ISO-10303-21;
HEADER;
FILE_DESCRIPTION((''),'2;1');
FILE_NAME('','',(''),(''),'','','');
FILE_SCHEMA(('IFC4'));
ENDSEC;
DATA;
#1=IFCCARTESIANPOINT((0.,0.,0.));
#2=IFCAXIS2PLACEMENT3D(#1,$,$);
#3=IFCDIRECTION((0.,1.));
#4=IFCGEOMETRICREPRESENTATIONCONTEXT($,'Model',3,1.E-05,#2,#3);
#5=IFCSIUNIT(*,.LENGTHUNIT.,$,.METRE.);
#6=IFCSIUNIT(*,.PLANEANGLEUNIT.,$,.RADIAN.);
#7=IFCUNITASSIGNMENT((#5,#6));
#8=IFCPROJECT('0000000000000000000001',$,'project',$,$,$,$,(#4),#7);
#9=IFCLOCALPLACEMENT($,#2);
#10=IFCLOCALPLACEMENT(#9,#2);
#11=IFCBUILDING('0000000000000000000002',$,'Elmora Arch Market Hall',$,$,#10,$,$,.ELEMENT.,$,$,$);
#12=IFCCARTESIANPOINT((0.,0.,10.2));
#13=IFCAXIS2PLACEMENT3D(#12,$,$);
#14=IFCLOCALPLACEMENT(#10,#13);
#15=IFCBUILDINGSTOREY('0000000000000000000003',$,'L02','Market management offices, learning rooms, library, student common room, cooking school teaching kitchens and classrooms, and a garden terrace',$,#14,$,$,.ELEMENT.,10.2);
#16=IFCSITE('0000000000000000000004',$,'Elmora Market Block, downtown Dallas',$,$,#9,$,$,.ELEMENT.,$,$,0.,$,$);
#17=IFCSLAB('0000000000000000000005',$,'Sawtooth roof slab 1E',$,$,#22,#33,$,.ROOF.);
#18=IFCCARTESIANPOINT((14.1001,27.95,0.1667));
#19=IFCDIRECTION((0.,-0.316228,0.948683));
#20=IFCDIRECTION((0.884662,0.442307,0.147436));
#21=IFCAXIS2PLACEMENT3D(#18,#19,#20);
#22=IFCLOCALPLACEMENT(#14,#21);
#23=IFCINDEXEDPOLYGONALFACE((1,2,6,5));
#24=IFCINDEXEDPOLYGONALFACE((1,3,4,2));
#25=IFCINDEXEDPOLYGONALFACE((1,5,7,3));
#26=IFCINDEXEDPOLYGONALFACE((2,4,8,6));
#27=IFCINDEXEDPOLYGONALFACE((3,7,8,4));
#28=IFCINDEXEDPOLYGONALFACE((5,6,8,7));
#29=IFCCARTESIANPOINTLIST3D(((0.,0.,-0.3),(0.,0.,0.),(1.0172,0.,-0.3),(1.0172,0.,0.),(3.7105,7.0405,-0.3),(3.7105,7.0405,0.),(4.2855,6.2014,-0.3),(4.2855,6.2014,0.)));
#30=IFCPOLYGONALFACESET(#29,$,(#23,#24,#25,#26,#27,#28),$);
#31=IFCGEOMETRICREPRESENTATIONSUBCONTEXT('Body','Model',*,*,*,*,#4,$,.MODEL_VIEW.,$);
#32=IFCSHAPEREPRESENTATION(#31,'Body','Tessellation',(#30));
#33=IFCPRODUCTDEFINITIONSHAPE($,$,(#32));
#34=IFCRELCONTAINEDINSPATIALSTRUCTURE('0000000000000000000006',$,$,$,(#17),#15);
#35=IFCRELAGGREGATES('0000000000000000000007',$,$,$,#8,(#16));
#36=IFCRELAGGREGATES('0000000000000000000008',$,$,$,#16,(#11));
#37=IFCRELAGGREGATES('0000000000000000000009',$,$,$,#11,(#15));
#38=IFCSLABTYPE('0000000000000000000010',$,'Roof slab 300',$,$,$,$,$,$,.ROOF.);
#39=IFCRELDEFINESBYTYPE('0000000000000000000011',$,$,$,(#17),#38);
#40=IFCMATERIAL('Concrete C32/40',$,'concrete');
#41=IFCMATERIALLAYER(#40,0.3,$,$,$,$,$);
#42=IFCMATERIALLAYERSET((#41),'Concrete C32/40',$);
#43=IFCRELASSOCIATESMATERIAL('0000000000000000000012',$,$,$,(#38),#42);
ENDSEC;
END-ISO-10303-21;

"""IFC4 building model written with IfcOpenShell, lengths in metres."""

from ifc_helpers import new_model, si_unit, direction, frame, origin, place, context, subcontext, project, spatial, polyline, outline, extrude, material, layer, layer_set, type_object, element, save


model = new_model("IFC4")

# Units and contexts
model_context = context("Model", 3, precision=1e-05, world=origin(), true_north=direction((0.0, 1.0)))
body_context = subcontext(model_context, "Body", "Model", "MODEL_VIEW")
ifc_project = project(units=[si_unit("LENGTHUNIT", "METRE"), si_unit("PLANEANGLEUNIT", "RADIAN")], contexts=[model_context])

# Site, building, storey
site_placement = place(None, origin())
site = spatial("IfcSite", under=ifc_project, at=site_placement, Name="Elmora Market Block, downtown Dallas", CompositionType="ELEMENT", RefElevation=0.0)
building_placement = place(site_placement, origin())
building = spatial("IfcBuilding", under=site, at=building_placement, Name="Elmora Arch Market Hall", CompositionType="ELEMENT")
storey_placement = place(building_placement, frame((0.0, 0.0, 10.2)))
storey = spatial("IfcBuildingStorey", under=building, at=storey_placement, Name="L02", Description="Market management offices, learning rooms, library, student common room, cooking school teaching kitchens and classrooms, and a garden terrace", CompositionType="ELEMENT", Elevation=10.2)

# Slab
ifc_material_1 = material(Name="Concrete C32/40", Category="concrete")
ifc_layer_1 = layer(ifc_material_1, 0.3)
ifc_layer_set_1 = layer_set([ifc_layer_1], Name="Concrete C32/40")
slab_type_1 = type_object("IfcSlabType", Name="Roof slab 300", PredefinedType="ROOF", material=ifc_layer_set_1)
slab_1_placement = place(storey_placement, frame((14.1001, 27.95, 0.1667), z_axis=(0.0, -0.316228, 0.948683), x_axis=(0.884662, 0.442307, 0.147436)))
element("IfcSlab", 1, at=slab_1_placement, inside=storey, type_object=slab_type_1, Name="Sawtooth roof slab 1E", PredefinedType="ROOF", context=body_context, shape_type="SweptSolid", body=[
    extrude(outline(polyline([(0.0, 0.0), (1.0172, 0.0), (4.2855, 6.2014), (3.7105, 7.0405), (0.0, 0.0)])), origin(), (0.0, 0.0, -1.0), 0.3),
])

save(model, "model.ifc")
